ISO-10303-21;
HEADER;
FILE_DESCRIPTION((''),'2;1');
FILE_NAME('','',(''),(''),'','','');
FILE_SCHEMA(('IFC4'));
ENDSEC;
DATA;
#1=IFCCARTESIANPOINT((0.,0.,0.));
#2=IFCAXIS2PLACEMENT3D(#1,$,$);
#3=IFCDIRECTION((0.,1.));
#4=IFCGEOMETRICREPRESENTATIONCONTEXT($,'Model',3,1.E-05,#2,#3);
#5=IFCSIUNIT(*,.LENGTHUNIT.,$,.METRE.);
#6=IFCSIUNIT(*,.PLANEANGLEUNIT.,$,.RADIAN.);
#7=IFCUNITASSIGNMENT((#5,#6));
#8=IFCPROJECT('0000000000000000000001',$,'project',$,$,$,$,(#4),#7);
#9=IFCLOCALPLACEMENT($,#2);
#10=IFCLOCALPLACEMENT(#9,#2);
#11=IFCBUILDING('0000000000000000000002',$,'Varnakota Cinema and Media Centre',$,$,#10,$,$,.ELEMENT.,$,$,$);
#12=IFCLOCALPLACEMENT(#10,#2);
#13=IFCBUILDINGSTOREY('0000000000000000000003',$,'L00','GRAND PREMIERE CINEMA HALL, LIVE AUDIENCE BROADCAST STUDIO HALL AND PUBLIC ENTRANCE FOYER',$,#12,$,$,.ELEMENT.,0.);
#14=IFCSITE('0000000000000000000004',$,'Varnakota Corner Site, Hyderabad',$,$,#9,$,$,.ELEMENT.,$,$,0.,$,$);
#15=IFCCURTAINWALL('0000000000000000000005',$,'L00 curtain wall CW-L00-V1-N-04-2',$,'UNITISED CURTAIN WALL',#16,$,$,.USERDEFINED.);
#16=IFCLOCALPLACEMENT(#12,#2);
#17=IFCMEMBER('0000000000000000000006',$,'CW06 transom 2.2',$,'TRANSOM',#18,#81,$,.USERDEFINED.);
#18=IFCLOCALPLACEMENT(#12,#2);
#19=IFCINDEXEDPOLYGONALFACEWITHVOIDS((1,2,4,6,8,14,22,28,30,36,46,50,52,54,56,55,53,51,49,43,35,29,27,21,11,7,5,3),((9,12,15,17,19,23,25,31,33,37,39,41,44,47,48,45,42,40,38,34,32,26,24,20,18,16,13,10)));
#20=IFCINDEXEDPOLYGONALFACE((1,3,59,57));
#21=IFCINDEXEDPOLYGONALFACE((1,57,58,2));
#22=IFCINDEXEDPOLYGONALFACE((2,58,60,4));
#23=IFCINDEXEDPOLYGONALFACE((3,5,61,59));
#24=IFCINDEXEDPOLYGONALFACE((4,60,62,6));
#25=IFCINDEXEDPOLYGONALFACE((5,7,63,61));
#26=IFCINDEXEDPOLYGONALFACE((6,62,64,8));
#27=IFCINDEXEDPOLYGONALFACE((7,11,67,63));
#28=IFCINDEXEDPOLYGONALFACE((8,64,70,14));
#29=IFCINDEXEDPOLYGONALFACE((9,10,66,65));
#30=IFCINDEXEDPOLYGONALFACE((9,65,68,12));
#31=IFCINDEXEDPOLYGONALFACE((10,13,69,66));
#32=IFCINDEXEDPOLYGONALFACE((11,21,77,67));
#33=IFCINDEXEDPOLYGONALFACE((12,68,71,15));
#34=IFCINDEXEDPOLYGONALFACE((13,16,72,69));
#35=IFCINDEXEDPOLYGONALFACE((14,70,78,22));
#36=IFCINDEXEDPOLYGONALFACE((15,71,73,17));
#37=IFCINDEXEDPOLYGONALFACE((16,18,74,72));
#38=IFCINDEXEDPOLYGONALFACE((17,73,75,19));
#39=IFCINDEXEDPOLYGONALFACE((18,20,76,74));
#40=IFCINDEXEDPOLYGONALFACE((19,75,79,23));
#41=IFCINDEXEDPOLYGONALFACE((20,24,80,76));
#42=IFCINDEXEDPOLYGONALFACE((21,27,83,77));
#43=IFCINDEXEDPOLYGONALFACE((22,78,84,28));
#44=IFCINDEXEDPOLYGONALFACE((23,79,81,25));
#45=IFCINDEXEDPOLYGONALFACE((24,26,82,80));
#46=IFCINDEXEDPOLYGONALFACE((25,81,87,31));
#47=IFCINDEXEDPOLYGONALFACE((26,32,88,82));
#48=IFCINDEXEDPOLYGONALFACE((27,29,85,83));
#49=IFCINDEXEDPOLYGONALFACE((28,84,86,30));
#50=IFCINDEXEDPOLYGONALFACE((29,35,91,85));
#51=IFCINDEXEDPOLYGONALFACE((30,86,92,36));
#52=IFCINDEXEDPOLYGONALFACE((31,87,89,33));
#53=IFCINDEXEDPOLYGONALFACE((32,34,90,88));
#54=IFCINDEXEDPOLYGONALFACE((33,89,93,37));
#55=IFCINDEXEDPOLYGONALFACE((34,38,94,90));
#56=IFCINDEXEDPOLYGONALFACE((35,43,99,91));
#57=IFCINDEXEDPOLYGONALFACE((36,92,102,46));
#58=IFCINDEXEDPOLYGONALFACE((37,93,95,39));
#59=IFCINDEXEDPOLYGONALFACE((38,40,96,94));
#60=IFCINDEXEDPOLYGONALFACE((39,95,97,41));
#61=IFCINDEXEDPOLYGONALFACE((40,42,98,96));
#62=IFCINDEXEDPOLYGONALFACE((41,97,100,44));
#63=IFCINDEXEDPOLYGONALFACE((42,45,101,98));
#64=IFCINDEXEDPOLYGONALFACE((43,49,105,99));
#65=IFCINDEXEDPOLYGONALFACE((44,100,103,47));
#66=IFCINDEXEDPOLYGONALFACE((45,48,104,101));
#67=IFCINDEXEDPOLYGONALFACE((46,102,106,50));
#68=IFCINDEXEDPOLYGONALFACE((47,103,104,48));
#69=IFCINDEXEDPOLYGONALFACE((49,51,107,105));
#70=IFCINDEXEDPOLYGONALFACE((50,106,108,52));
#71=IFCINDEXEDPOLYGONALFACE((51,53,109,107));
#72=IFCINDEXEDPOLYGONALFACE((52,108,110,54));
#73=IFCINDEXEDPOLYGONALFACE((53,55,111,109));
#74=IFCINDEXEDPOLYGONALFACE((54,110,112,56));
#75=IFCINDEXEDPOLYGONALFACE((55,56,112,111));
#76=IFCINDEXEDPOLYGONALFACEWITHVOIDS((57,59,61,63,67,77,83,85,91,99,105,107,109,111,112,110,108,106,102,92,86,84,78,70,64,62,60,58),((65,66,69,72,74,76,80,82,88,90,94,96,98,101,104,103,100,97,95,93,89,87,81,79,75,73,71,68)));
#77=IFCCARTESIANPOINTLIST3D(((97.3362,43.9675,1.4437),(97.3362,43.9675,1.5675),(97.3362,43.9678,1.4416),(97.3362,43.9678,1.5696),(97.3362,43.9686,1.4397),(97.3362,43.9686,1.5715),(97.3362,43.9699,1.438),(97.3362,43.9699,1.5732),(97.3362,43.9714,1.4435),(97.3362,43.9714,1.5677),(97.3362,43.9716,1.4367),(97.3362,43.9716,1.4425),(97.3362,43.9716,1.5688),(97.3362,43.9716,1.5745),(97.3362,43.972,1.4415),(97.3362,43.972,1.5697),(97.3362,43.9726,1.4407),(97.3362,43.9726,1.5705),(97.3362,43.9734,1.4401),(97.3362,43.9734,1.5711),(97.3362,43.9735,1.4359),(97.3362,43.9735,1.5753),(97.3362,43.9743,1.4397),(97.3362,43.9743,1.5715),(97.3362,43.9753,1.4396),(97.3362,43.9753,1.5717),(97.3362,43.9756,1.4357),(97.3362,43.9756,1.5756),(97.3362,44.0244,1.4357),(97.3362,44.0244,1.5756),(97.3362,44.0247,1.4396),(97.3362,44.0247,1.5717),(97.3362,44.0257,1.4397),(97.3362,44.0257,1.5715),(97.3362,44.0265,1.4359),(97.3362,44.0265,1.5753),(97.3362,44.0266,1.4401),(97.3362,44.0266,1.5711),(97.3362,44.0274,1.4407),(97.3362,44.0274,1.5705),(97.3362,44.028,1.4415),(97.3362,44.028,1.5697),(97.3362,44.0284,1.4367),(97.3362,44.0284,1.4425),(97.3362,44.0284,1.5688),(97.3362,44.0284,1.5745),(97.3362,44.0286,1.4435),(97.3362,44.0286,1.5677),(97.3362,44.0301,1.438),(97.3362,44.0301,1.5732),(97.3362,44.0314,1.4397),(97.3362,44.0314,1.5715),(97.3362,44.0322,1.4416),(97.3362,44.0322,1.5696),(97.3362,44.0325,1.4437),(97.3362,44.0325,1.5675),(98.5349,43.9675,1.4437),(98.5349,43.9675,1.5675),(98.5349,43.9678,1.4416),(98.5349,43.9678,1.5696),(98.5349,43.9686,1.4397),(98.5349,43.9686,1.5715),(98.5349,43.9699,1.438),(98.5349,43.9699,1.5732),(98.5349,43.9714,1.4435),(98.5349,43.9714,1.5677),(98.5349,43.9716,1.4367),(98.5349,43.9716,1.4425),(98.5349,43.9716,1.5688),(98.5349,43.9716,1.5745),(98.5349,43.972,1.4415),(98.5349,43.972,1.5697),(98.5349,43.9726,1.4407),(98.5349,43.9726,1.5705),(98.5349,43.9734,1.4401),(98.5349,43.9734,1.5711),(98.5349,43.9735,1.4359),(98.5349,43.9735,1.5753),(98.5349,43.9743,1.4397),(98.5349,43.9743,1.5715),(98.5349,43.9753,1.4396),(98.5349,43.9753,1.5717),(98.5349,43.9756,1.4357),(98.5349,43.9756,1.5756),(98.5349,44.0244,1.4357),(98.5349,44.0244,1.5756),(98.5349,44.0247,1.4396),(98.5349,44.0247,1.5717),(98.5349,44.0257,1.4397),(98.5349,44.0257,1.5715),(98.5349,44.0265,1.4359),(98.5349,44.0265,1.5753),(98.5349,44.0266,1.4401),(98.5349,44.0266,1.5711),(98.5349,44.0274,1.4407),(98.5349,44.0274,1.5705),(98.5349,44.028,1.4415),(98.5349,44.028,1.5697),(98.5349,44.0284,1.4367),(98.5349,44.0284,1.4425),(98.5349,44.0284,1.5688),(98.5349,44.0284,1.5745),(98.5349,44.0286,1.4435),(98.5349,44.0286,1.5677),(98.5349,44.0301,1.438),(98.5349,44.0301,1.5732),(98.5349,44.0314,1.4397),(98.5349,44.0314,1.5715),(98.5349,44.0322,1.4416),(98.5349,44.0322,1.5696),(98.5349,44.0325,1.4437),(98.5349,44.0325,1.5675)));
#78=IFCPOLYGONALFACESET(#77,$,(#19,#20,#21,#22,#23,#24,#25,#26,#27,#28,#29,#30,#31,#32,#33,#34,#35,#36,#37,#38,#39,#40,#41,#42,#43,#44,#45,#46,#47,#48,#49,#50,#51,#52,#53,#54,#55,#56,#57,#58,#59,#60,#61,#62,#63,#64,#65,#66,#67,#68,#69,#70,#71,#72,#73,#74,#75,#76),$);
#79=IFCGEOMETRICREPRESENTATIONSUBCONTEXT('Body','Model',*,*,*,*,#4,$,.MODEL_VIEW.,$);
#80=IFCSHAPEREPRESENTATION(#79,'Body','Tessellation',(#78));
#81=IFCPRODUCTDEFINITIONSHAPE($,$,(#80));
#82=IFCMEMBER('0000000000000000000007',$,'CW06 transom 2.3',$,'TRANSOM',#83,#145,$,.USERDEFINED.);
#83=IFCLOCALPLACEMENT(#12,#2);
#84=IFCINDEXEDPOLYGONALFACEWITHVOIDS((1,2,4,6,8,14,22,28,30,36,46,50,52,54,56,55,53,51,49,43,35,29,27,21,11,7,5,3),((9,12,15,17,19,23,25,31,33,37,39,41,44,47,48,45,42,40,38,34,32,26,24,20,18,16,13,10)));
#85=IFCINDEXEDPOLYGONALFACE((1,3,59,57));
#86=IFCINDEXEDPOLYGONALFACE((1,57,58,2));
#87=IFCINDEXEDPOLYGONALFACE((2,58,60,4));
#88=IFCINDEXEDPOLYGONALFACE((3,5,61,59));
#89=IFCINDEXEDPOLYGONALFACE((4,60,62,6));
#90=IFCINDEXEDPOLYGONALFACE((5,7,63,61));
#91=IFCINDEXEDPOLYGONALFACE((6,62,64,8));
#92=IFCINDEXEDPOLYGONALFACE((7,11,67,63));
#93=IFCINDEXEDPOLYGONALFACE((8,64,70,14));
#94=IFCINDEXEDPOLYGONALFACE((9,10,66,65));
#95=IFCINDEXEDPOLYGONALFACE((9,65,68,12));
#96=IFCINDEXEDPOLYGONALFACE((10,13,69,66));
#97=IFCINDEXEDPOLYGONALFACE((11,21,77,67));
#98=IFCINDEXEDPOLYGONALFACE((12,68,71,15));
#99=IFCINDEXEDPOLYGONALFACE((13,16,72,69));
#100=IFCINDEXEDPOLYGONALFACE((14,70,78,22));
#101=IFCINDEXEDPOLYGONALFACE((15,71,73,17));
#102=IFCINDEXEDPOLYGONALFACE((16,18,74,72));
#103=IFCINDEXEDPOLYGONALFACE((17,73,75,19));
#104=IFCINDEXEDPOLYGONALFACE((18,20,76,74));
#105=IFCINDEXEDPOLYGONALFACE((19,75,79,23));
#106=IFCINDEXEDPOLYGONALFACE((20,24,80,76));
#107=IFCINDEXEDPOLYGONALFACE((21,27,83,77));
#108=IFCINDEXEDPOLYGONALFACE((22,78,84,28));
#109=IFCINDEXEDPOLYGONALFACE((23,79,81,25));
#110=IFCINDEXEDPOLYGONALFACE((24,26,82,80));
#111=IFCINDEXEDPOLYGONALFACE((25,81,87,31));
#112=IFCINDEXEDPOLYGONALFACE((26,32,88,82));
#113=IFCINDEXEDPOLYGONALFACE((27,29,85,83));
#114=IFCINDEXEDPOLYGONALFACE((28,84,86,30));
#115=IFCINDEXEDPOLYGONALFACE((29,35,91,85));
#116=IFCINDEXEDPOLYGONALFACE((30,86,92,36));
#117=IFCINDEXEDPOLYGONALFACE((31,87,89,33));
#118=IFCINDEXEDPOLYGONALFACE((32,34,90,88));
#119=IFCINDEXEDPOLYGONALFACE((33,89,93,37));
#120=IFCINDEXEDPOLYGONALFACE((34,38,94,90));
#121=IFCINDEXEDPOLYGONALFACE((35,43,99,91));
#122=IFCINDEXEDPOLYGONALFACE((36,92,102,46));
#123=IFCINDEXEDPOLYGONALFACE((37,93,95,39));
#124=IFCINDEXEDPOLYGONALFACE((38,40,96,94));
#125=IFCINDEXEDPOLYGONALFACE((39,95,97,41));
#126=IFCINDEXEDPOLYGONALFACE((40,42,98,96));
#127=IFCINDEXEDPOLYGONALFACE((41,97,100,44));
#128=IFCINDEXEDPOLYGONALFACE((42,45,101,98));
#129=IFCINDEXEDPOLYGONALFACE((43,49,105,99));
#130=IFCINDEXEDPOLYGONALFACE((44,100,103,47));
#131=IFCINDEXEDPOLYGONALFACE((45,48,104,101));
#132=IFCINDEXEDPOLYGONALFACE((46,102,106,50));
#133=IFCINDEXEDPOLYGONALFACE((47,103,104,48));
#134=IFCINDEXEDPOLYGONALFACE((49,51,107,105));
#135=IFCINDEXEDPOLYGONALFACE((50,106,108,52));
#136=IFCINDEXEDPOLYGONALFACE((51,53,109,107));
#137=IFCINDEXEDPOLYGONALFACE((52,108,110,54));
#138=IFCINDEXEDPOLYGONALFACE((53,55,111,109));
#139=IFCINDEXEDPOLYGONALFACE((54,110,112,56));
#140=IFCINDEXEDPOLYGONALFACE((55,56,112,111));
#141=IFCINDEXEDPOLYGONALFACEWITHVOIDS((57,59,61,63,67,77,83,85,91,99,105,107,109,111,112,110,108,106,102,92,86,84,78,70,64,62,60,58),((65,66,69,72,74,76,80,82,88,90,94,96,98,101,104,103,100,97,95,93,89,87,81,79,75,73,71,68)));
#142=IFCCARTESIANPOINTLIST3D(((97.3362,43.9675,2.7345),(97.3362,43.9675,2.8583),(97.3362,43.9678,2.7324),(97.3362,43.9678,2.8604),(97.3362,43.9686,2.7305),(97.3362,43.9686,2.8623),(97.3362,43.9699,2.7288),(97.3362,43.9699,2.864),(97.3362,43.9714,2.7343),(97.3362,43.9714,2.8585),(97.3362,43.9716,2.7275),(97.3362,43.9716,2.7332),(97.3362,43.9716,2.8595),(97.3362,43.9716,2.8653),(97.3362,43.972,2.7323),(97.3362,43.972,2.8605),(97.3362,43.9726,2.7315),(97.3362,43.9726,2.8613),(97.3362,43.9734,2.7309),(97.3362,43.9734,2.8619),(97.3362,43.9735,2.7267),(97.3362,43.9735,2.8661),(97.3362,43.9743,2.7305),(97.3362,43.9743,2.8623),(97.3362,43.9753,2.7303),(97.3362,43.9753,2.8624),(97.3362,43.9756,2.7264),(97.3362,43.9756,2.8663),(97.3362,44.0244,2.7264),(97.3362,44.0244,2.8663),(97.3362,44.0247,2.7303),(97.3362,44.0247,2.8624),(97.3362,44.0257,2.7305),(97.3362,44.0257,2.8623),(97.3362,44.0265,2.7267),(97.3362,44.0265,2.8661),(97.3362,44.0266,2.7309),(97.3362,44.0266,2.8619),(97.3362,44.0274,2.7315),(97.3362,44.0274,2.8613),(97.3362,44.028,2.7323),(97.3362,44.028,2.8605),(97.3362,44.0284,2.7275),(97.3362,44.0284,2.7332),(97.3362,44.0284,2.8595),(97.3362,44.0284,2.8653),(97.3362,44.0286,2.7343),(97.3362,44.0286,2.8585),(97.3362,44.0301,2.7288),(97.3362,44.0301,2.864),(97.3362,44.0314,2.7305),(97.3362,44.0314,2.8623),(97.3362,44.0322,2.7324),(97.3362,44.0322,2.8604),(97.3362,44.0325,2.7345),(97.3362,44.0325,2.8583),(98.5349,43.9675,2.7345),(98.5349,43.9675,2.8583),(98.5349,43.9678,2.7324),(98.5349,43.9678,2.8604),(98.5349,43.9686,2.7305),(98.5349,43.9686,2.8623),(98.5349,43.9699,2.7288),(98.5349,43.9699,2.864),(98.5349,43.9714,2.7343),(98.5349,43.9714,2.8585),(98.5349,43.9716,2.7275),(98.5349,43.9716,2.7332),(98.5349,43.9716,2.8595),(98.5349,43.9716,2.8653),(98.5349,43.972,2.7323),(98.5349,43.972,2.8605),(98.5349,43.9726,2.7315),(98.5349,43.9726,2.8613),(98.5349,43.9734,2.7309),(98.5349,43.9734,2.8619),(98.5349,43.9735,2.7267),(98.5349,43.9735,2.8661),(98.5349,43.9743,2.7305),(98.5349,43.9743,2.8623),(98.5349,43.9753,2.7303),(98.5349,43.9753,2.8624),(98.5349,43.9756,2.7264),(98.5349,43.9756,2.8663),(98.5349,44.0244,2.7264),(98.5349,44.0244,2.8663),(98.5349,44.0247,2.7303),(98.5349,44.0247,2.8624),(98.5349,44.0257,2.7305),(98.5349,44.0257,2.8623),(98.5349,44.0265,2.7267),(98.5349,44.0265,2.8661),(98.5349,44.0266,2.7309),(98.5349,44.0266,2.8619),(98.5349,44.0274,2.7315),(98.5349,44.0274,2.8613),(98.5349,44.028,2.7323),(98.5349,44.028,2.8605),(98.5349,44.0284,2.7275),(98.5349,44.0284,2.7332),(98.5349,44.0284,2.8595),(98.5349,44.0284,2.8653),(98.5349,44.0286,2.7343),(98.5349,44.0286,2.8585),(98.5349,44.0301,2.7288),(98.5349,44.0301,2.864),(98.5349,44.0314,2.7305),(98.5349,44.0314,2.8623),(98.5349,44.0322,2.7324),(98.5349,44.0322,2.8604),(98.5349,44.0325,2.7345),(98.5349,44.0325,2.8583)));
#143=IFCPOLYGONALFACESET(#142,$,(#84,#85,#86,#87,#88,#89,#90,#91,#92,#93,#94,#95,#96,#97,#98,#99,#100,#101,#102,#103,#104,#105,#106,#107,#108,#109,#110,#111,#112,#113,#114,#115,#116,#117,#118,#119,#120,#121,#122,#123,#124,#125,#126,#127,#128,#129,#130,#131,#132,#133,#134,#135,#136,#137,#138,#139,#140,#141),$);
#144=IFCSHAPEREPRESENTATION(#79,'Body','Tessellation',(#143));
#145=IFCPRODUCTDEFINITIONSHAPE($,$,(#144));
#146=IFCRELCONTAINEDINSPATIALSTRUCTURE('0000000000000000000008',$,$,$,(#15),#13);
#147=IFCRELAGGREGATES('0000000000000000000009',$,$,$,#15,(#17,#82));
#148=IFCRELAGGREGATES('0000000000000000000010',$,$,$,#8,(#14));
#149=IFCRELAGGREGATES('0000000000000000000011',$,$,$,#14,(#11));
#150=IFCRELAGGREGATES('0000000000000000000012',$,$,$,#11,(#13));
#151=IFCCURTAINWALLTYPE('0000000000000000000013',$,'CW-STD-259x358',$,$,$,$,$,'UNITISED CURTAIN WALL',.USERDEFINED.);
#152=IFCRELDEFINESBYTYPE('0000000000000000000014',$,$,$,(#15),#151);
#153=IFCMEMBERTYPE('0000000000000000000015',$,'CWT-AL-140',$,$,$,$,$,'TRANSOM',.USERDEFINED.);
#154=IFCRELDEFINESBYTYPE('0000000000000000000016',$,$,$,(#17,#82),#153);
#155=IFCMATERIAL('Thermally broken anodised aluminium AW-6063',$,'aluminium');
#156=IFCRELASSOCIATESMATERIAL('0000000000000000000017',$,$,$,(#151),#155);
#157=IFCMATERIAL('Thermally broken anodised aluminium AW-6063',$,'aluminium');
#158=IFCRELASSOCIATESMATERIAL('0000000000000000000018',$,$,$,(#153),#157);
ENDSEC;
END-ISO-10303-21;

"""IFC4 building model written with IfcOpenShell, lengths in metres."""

from ifc_helpers import new_model, si_unit, direction, frame, origin, origin_2d, place, context, subcontext, project, spatial, hollow_rectangle, extrude, material, material_profile, profile_set, type_object, element, aggregate, save


model = new_model("IFC4")

# Units and contexts
model_context = context("Model", 3, precision=1e-05, world=origin(), true_north=direction((0.0, 1.0)))
body_context = subcontext(model_context, "Body", "Model", "MODEL_VIEW")
ifc_project = project(units=[si_unit("LENGTHUNIT", "METRE"), si_unit("PLANEANGLEUNIT", "RADIAN")], contexts=[model_context])

# Site, building, storey
site_placement = place(None, origin())
site = spatial("IfcSite", under=ifc_project, at=site_placement, Name="Varnakota Corner Site, Hyderabad", CompositionType="ELEMENT", RefElevation=0.0)
building_placement = place(site_placement, origin())
building = spatial("IfcBuilding", under=site, at=building_placement, Name="Varnakota Cinema and Media Centre", CompositionType="ELEMENT")
storey_placement = place(building_placement, origin())
storey = spatial("IfcBuildingStorey", under=building, at=storey_placement, Name="L00", Description="GRAND PREMIERE CINEMA HALL, LIVE AUDIENCE BROADCAST STUDIO HALL AND PUBLIC ENTRANCE FOYER", CompositionType="ELEMENT", Elevation=0.0)

# Shared definitions
ifc_material_1 = material(Name="Thermally broken anodised aluminium AW-6063", Category="aluminium")
curtain_wall_type = type_object("IfcCurtainWallType", Name="CW-STD-259x358", ElementType="UNITISED CURTAIN WALL", PredefinedType="USERDEFINED", material=ifc_material_1)

# Curtain wall
curtain_wall_1_placement = place(storey_placement, origin())
curtain_wall_1 = element("IfcCurtainWall", 1, at=curtain_wall_1_placement, inside=storey, type_object=curtain_wall_type, Name="L00 curtain wall CW-L00-V1-N-04-2", ObjectType="UNITISED CURTAIN WALL", PredefinedType="USERDEFINED")

# Members
ifc_material_2 = material(Name="Thermally broken anodised aluminium AW-6063", Category="aluminium")
ifc_material_profile_1 = material_profile(ifc_material_2, hollow_rectangle(XDim=0.0649, YDim=0.1399, WallThickness=0.0039, InnerFilletRadius=0.0039, OuterFilletRadius=0.0081, at=origin_2d()), Name="AL-TRANSOM 140x65x4")
ifc_profile_set_1 = profile_set([ifc_material_profile_1], Name="Thermally broken anodised aluminium AW-6063")
member_type_1 = type_object("IfcMemberType", Name="CWT-AL-140", ElementType="TRANSOM", PredefinedType="USERDEFINED", material=ifc_profile_set_1)
member_1_placement = place(storey_placement, frame((97.3362, 44.0, 1.5056), z_axis=(1.0, 0.0, 0.0), x_axis=(0.0, 1.0, 0.0)))
member_1 = element("IfcMember", 2, at=member_1_placement, type_object=member_type_1, Name="CW06 transom 2.2", ObjectType="TRANSOM", PredefinedType="USERDEFINED", context=body_context, shape_type="SweptSolid", body=[
    extrude(hollow_rectangle(XDim=0.0649, YDim=0.1399, WallThickness=0.0039, InnerFilletRadius=0.0039, OuterFilletRadius=0.0081, at=origin_2d()), origin(), (0.0, 0.0, 1.0), 1.1987),
])
member_2_placement = place(storey_placement, frame((97.3362, 44.0, 2.7964), z_axis=(1.0, 0.0, 0.0), x_axis=(0.0, 1.0, 0.0)))
member_2 = element("IfcMember", 3, at=member_2_placement, type_object=member_type_1, Name="CW06 transom 2.3", ObjectType="TRANSOM", PredefinedType="USERDEFINED", context=body_context, shape_type="SweptSolid", body=[
    extrude(hollow_rectangle(XDim=0.0649, YDim=0.1399, WallThickness=0.0039, InnerFilletRadius=0.0039, OuterFilletRadius=0.0081, at=origin_2d()), origin(), (0.0, 0.0, 1.0), 1.1987),
])

aggregate(curtain_wall_1, [member_1, member_2])

save(model, "model.ifc")
